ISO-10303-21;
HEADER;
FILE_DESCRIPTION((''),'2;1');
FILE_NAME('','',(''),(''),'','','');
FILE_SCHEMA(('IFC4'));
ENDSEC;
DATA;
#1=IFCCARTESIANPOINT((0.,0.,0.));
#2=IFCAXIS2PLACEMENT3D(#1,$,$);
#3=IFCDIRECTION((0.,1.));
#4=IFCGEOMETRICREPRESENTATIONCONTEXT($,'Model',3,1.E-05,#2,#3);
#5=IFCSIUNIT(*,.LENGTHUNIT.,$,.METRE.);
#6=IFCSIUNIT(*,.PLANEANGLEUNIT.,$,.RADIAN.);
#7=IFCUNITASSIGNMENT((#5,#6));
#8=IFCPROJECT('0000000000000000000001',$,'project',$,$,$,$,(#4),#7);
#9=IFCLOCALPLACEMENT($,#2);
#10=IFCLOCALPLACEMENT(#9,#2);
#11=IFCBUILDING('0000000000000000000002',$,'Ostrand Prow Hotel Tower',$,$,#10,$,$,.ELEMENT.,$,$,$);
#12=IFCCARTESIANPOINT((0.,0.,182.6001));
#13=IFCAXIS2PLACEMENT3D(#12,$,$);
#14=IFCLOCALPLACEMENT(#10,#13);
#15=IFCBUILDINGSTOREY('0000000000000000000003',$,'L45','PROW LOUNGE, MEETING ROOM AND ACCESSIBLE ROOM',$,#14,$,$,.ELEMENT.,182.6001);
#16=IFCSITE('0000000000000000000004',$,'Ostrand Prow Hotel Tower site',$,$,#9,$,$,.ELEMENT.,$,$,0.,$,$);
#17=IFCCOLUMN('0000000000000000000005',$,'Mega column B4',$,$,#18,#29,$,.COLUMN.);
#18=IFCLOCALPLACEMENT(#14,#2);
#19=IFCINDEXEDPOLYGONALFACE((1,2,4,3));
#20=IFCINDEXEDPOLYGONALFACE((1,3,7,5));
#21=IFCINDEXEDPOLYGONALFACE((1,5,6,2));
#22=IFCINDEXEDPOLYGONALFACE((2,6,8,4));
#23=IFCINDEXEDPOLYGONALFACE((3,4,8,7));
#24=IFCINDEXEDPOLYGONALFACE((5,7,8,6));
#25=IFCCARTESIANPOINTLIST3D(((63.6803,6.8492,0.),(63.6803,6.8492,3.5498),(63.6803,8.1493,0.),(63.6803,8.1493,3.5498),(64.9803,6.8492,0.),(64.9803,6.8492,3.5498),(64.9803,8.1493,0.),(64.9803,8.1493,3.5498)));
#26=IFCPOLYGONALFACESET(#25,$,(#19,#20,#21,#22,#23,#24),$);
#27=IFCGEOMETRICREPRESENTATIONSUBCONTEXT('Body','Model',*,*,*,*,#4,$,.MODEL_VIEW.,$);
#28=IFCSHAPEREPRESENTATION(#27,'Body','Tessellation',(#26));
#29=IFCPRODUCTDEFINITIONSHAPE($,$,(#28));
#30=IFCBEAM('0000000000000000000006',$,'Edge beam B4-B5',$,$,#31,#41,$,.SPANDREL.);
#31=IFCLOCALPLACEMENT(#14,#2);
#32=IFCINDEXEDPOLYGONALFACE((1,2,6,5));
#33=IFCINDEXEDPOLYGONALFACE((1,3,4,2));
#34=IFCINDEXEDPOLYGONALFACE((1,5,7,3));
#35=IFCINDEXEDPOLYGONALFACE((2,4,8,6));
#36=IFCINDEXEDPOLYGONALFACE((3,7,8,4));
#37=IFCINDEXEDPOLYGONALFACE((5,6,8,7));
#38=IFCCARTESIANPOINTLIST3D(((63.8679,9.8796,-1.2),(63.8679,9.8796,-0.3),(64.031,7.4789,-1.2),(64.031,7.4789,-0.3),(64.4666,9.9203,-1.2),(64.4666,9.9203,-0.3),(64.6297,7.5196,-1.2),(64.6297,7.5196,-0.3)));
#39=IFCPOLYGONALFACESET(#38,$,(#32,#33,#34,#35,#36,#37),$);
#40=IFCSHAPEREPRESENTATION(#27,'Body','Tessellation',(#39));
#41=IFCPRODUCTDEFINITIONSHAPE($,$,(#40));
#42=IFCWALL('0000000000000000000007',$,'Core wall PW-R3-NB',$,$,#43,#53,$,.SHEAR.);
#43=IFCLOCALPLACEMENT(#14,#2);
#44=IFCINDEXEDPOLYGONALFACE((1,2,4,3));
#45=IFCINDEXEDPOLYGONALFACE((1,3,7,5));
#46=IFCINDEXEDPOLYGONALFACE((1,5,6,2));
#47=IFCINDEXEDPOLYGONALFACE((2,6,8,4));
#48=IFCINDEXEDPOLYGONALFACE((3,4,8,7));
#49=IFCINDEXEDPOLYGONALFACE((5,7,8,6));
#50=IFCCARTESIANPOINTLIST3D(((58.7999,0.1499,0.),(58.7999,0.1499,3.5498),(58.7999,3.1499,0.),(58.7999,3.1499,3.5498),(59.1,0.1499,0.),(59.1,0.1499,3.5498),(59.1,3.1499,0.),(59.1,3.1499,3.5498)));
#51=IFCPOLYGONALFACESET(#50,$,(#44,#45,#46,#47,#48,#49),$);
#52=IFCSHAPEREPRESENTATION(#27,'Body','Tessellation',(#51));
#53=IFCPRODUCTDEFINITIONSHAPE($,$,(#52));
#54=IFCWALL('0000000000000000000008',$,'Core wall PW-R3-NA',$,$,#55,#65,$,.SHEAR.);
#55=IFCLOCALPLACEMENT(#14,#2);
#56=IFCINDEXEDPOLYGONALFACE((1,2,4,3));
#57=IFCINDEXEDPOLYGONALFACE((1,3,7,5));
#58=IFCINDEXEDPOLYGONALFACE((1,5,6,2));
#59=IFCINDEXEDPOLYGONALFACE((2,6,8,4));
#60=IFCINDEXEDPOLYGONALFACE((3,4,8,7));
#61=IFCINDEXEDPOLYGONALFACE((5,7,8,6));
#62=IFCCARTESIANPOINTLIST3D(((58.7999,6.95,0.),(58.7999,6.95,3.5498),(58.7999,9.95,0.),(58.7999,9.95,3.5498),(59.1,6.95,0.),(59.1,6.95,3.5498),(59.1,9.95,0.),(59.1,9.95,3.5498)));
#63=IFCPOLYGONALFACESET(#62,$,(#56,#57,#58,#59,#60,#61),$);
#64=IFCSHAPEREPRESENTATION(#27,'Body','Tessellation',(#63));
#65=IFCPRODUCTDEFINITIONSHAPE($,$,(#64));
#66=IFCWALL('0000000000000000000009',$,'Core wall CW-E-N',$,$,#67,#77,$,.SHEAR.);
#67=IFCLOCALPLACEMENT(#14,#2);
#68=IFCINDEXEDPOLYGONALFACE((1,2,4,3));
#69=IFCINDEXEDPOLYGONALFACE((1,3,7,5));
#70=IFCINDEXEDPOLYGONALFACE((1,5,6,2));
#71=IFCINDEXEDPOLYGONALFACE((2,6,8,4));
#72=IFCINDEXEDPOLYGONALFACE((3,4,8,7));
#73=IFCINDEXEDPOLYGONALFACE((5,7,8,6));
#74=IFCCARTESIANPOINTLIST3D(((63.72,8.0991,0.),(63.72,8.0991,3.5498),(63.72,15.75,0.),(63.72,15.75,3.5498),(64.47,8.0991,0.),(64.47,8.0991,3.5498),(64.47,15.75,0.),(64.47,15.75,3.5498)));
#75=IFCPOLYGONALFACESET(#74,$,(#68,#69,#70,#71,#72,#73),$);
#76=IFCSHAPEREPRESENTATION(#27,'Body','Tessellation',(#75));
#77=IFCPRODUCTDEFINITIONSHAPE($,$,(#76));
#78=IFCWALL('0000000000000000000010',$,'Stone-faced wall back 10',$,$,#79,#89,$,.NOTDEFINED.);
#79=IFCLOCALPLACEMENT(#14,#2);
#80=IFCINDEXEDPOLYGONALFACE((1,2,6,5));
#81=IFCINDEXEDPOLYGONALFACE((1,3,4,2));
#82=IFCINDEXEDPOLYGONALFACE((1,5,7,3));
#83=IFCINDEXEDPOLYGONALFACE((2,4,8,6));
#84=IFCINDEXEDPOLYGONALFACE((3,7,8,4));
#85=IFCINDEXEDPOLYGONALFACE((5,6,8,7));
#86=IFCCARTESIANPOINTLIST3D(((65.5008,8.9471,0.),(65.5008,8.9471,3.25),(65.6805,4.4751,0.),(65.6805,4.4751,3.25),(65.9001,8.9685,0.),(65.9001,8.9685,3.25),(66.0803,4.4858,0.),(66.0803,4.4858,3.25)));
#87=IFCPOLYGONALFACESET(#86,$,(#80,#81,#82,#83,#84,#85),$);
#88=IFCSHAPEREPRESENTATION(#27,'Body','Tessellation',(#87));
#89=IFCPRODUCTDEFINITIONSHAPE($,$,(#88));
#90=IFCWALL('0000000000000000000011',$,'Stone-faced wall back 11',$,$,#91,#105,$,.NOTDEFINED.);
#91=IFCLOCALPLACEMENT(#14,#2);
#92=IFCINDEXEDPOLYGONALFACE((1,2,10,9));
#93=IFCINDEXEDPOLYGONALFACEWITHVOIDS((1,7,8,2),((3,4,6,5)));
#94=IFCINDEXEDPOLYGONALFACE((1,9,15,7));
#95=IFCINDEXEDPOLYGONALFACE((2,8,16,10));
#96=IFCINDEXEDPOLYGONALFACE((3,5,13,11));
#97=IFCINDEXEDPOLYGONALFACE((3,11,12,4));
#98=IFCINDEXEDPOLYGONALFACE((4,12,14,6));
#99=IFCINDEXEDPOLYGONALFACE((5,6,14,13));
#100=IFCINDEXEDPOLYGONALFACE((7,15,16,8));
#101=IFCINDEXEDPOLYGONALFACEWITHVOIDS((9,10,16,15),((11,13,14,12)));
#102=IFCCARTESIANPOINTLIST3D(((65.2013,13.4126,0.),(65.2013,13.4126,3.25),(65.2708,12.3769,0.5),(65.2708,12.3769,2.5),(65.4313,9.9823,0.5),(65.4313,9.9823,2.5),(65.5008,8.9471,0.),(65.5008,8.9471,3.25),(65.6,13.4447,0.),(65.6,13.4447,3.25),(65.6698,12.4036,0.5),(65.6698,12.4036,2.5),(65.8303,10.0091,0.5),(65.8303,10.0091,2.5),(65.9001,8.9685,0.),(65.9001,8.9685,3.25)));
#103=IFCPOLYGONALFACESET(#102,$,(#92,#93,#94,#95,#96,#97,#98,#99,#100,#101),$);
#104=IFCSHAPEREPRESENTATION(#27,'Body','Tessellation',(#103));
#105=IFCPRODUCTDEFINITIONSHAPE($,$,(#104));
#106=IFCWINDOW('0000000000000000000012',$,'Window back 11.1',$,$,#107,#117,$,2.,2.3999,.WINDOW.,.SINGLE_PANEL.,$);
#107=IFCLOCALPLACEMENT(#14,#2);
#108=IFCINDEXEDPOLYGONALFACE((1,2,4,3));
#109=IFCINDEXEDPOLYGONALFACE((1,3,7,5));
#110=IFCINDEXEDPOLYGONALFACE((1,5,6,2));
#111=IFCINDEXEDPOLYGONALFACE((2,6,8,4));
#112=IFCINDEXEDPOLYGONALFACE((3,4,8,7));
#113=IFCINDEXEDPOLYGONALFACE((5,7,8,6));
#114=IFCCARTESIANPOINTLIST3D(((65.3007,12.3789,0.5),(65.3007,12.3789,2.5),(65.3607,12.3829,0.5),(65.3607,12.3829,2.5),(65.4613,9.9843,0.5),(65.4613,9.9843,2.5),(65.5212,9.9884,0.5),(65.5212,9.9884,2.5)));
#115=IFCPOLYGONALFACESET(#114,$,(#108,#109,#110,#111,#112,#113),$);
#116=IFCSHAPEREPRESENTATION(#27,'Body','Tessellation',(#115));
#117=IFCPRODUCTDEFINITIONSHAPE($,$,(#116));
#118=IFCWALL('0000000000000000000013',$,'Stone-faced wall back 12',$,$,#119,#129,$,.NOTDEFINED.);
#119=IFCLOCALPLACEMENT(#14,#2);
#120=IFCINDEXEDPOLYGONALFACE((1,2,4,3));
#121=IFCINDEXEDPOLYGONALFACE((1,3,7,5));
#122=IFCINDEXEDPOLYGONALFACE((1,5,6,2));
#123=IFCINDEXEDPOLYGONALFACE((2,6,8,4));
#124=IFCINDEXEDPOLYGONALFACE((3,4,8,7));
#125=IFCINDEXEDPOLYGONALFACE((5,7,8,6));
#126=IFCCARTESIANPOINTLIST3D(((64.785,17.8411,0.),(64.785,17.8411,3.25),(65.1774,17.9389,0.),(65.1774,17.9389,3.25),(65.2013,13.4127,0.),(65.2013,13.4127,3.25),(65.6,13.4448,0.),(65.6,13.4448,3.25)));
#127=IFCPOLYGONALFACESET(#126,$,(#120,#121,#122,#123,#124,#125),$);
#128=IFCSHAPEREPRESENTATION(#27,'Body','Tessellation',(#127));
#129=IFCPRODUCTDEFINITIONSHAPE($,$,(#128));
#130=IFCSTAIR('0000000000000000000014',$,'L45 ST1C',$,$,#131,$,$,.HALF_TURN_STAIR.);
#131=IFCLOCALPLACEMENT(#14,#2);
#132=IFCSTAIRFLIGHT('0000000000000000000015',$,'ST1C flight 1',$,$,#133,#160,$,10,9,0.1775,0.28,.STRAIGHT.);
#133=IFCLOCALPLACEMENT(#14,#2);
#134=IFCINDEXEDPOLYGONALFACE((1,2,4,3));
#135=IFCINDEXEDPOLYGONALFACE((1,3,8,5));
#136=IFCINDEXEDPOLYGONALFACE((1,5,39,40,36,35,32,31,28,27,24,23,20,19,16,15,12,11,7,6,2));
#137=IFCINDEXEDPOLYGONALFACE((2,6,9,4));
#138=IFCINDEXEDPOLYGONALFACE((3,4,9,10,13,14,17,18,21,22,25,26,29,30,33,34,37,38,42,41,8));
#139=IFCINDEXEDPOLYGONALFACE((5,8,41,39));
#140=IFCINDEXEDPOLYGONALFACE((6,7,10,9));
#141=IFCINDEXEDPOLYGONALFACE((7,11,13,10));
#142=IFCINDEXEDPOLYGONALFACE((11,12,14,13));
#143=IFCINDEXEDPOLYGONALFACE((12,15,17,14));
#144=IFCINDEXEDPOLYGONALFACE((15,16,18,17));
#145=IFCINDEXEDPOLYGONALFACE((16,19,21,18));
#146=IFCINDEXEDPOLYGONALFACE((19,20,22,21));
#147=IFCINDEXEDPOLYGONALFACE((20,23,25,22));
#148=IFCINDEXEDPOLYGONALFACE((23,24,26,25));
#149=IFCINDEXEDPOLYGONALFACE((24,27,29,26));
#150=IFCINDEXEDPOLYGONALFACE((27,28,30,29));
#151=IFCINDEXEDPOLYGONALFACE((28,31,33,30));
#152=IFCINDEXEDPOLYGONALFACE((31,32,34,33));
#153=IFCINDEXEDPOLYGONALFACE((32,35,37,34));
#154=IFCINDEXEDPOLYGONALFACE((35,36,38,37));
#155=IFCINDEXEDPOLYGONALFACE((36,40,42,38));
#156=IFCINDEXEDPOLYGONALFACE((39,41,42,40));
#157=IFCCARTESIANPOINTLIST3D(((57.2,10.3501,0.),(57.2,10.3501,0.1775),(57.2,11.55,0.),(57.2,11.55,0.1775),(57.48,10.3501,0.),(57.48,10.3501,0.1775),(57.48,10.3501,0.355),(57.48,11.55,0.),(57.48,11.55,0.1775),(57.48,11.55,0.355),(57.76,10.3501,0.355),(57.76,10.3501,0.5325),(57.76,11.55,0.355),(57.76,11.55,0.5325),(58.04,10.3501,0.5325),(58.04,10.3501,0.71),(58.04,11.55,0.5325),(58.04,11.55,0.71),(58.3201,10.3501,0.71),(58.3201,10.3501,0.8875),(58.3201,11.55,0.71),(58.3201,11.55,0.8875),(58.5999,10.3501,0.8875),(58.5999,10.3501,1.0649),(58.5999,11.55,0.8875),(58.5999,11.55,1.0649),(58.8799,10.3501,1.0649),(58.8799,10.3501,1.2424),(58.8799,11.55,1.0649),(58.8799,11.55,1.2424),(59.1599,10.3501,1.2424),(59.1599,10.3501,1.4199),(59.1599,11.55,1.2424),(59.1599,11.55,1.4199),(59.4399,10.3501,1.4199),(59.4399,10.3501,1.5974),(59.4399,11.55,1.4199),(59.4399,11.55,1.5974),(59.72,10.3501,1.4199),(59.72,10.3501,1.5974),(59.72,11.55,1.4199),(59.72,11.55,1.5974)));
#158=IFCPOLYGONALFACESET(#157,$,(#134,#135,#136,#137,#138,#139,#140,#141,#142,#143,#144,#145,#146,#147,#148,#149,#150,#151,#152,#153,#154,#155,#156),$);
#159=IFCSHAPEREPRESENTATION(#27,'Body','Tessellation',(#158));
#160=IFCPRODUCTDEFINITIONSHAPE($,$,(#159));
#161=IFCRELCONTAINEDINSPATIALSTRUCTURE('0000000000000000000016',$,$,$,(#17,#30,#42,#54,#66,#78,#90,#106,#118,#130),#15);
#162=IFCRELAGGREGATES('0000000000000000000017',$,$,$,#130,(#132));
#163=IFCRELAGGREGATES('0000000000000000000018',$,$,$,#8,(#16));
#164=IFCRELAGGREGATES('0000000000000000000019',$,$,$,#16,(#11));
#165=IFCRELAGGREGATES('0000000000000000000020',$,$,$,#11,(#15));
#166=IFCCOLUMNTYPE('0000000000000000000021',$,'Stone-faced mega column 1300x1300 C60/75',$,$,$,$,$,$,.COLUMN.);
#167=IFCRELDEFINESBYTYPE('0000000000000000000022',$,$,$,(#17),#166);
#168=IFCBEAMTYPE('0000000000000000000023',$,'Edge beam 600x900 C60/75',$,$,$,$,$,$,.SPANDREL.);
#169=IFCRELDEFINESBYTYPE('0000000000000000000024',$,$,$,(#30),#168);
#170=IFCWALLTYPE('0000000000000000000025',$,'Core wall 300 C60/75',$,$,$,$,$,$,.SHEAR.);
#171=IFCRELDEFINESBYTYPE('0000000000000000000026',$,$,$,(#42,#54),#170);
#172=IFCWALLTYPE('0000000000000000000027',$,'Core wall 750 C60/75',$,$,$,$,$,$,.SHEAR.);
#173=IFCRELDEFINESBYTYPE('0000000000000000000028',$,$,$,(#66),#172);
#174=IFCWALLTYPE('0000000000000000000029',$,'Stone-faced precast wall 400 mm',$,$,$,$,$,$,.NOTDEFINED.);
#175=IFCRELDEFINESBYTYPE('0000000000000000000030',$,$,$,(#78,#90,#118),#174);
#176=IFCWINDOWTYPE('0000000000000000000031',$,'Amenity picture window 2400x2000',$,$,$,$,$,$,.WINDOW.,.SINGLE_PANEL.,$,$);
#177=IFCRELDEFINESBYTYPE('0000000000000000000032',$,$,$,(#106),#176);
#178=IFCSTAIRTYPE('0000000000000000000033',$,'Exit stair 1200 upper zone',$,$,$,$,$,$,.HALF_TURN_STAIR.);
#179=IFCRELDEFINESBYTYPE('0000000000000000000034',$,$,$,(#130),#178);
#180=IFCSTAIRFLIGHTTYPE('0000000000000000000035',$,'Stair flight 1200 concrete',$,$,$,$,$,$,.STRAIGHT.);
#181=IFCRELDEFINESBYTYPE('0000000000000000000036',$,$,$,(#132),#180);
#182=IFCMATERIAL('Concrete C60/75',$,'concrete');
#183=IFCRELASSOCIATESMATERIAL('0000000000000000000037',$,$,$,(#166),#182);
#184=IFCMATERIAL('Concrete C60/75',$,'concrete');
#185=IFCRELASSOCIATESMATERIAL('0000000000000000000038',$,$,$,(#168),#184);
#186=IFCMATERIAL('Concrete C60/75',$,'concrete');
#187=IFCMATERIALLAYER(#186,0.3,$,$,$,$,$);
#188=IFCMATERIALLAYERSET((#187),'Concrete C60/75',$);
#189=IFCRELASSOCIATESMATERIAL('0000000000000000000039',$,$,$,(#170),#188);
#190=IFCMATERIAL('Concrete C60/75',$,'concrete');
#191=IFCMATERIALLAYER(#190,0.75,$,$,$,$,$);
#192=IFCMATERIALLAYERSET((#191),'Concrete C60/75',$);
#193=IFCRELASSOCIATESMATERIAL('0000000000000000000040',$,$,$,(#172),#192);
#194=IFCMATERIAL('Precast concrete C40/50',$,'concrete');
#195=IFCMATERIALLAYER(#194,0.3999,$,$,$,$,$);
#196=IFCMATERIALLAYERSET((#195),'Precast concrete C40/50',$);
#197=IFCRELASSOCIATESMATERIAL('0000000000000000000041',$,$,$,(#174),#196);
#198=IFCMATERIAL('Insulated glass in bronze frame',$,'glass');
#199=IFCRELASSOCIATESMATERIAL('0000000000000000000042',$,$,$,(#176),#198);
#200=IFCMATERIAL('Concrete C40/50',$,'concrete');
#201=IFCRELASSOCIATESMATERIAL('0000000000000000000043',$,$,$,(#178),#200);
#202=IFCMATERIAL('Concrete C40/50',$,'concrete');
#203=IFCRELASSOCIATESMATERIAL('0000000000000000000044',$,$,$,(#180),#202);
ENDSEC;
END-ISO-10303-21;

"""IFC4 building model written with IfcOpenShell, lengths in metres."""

from ifc_helpers import new_model, si_unit, direction, frame, frame_2d, origin, origin_2d, place, context, subcontext, project, spatial, polyline, rectangle, outline, extrude, material, layer, layer_set, material_profile, profile_set, type_object, element, fill, aggregate, save


model = new_model("IFC4")

# Units and contexts
model_context = context("Model", 3, precision=1e-05, world=origin(), true_north=direction((0.0, 1.0)))
body_context = subcontext(model_context, "Body", "Model", "MODEL_VIEW")
ifc_project = project(units=[si_unit("LENGTHUNIT", "METRE"), si_unit("PLANEANGLEUNIT", "RADIAN")], contexts=[model_context])

# Site, building, storey
site_placement = place(None, origin())
site = spatial("IfcSite", under=ifc_project, at=site_placement, Name="Ostrand Prow Hotel Tower site", CompositionType="ELEMENT", RefElevation=0.0)
building_placement = place(site_placement, origin())
building = spatial("IfcBuilding", under=site, at=building_placement, Name="Ostrand Prow Hotel Tower", CompositionType="ELEMENT")
storey_placement = place(building_placement, frame((0.0, 0.0, 182.6001)))
storey = spatial("IfcBuildingStorey", under=building, at=storey_placement, Name="L45", Description="PROW LOUNGE, MEETING ROOM AND ACCESSIBLE ROOM", CompositionType="ELEMENT", Elevation=182.6001)

# Column
ifc_material_1 = material(Name="Concrete C60/75", Category="concrete")
ifc_material_profile_1 = material_profile(ifc_material_1, rectangle(XDim=1.3, YDim=1.3, at=origin_2d()), Name="RC 1300x1300")
ifc_profile_set_1 = profile_set([ifc_material_profile_1], Name="Concrete C60/75")
column_type = type_object("IfcColumnType", Name="Stone-faced mega column 1300x1300 C60/75", PredefinedType="COLUMN", material=ifc_profile_set_1)
column_placement = place(storey_placement, frame((64.3303, 7.4993, 0.0), z_axis=(0.0, 0.0, 1.0), x_axis=(1.0, 0.0, 0.0)))
element("IfcColumn", 1, at=column_placement, inside=storey, type_object=column_type, Name="Mega column B4", PredefinedType="COLUMN", context=body_context, shape_type="SweptSolid", body=[
    extrude(rectangle(XDim=1.3, YDim=1.3, at=origin_2d()), origin(), (0.0, 0.0, 1.0), 3.5498),
])

# Beam
ifc_material_2 = material(Name="Concrete C60/75", Category="concrete")
ifc_material_profile_2 = material_profile(ifc_material_2, rectangle(XDim=0.6001, YDim=0.8999, at=origin_2d()), Name="RC 600x900")
ifc_profile_set_2 = profile_set([ifc_material_profile_2], Name="Concrete C60/75")
beam_type = type_object("IfcBeamType", Name="Edge beam 600x900 C60/75", PredefinedType="SPANDREL", material=ifc_profile_set_2)
beam_placement = place(storey_placement, frame((64.3303, 7.4993, -0.75), z_axis=(-0.067778, 0.9977, 0.0), x_axis=(-0.9977, -0.067778, 0.0)))
element("IfcBeam", 2, at=beam_placement, inside=storey, type_object=beam_type, Name="Edge beam B4-B5", PredefinedType="SPANDREL", context=body_context, shape_type="SweptSolid", body=[
    extrude(rectangle(XDim=0.6001, YDim=0.8999, at=origin_2d()), origin(), (0.0, 0.0, 1.0), 2.4062),
])

# Walls
ifc_material_3 = material(Name="Concrete C60/75", Category="concrete")
ifc_layer_1 = layer(ifc_material_3, 0.3)
ifc_layer_set_1 = layer_set([ifc_layer_1], Name="Concrete C60/75")
wall_type_1 = type_object("IfcWallType", Name="Core wall 300 C60/75", PredefinedType="SHEAR", material=ifc_layer_set_1)
for number, where, z_axis, x_axis, name in (
    (3, (58.95, 0.1499, 0.0), (0.0, 0.0, 1.0), (0.0, 1.0, 0.0), "Core wall PW-R3-NB"),
    (4, (58.95, 6.95, 0.0), (0.0, 0.0, 1.0), (0.0, 1.0, 0.0), "Core wall PW-R3-NA"),
):
    element("IfcWall", number, at=place(storey_placement, frame(where, z_axis=z_axis, x_axis=x_axis)), inside=storey, type_object=wall_type_1, Name=name, PredefinedType="SHEAR", context=body_context, shape_type="SweptSolid", body=[
        extrude(rectangle(XDim=3.0, YDim=0.3, at=frame_2d((1.5, 0.0))), origin(), (0.0, 0.0, 1.0), 3.5498),
    ])
ifc_material_4 = material(Name="Concrete C60/75", Category="concrete")
ifc_layer_2 = layer(ifc_material_4, 0.75)
ifc_layer_set_2 = layer_set([ifc_layer_2], Name="Concrete C60/75")
wall_type_2 = type_object("IfcWallType", Name="Core wall 750 C60/75", PredefinedType="SHEAR", material=ifc_layer_set_2)
wall_1_placement = place(storey_placement, frame((64.095, 8.0991, 0.0), z_axis=(0.0, 0.0, 1.0), x_axis=(0.0, 1.0, 0.0)))
element("IfcWall", 5, at=wall_1_placement, inside=storey, type_object=wall_type_2, Name="Core wall CW-E-N", PredefinedType="SHEAR", context=body_context, shape_type="SweptSolid", body=[
    extrude(rectangle(XDim=7.6509, YDim=0.75, at=frame_2d((3.8254, 0.0))), origin(), (0.0, 0.0, 1.0), 3.5498),
])
ifc_material_5 = material(Name="Precast concrete C40/50", Category="concrete")
ifc_layer_3 = layer(ifc_material_5, 0.3999)
ifc_layer_set_3 = layer_set([ifc_layer_3], Name="Precast concrete C40/50")
wall_type_3 = type_object("IfcWallType", Name="Stone-faced precast wall 400 mm", PredefinedType="NOTDEFINED", material=ifc_layer_set_3)
wall_2_placement = place(storey_placement, frame((65.8804, 4.4805, 0.0), z_axis=(0.0, 0.0, 1.0), x_axis=(-0.040155, 0.999193, 0.0)))
element("IfcWall", 6, at=wall_2_placement, inside=storey, type_object=wall_type_3, Name="Stone-faced wall back 10", PredefinedType="NOTDEFINED", context=body_context, shape_type="SweptSolid", body=[
    extrude(outline(polyline([(-0.0027, -0.2), (4.4836, -0.2), (4.4783, 0.2), (0.0027, 0.2), (-0.0027, -0.2)])), origin(), (0.0, 0.0, 1.0), 3.25),
])

# Wall, opening, window
wall_3_placement = place(storey_placement, frame((65.7004, 8.9578, 0.0), z_axis=(0.0, 0.0, 1.0), x_axis=(-0.066906, 0.997759, 0.0)))
wall_3 = element("IfcWall", 7, at=wall_3_placement, inside=storey, type_object=wall_type_3, Name="Stone-faced wall back 11", PredefinedType="NOTDEFINED", context=body_context, shape_type="SweptSolid", body=[
    extrude(outline(polyline([(-0.0027, -0.2), (4.4836, -0.2), (4.4783, 0.2), (0.0027, 0.2), (-0.0027, -0.2)])), origin(), (0.0, 0.0, 1.0), 3.25),
])
opening_placement = place(wall_3_placement, frame((1.0403, 0.0, 0.5)))
opening = element("IfcOpeningElement", 8, at=opening_placement, cuts=wall_3, PredefinedType="OPENING", context=body_context, shape_type="SweptSolid", body=[
    extrude(rectangle(XDim=2.3999, YDim=2.0, at=frame_2d((1.2, 1.0))), frame((0.0, 0.21, 0.0), z_axis=(0.0, -1.0, 0.0), x_axis=(1.0, 0.0, 0.0)), (0.0, 0.0, 1.0), 0.4199),
])
ifc_material_6 = material(Name="Insulated glass in bronze frame", Category="glass")
window_type = type_object("IfcWindowType", Name="Amenity picture window 2400x2000", PartitioningType="SINGLE_PANEL", PredefinedType="WINDOW", material=ifc_material_6)
window_placement = place(opening_placement, origin())
window = element("IfcWindow", 9, at=window_placement, inside=storey, type_object=window_type, Name="Window back 11.1", OverallHeight=2.0, OverallWidth=2.3999, PartitioningType="SINGLE_PANEL", PredefinedType="WINDOW", context=body_context, shape_type="SweptSolid", body=[
    extrude(rectangle(XDim=2.3999, YDim=2.0, at=frame_2d((1.2, 1.0))), frame((0.0, 0.1699, 0.0), z_axis=(0.0, -1.0, 0.0), x_axis=(1.0, 0.0, 0.0)), (0.0, 0.0, 1.0), 0.0601),
])
fill(opening, window)

# Wall
wall_4_placement = place(storey_placement, frame((65.4006, 13.4287, 0.0), z_axis=(0.0, 0.0, 1.0), x_axis=(-0.093606, 0.995609, 0.0)))
element("IfcWall", 10, at=wall_4_placement, inside=storey, type_object=wall_type_3, Name="Stone-faced wall back 12", PredefinedType="NOTDEFINED", context=body_context, shape_type="SweptSolid", body=[
    extrude(outline(polyline([(-0.0027, -0.2), (4.5112, -0.2), (4.4507, 0.2), (0.0027, 0.2), (-0.0027, -0.2)])), origin(), (0.0, 0.0, 1.0), 3.25),
])

# Stair, stair flight
ifc_material_7 = material(Name="Concrete C40/50", Category="concrete")
stair_type = type_object("IfcStairType", Name="Exit stair 1200 upper zone", PredefinedType="HALF_TURN_STAIR", material=ifc_material_7)
stair_1_placement = place(storey_placement, origin())
stair_1 = element("IfcStair", 11, at=stair_1_placement, inside=storey, type_object=stair_type, Name="L45 ST1C", PredefinedType="HALF_TURN_STAIR")
ifc_material_8 = material(Name="Concrete C40/50", Category="concrete")
stair_flight_type = type_object("IfcStairFlightType", Name="Stair flight 1200 concrete", PredefinedType="STRAIGHT", material=ifc_material_8)
stair_flight_1_placement = place(storey_placement, frame((57.2, 10.95, 0.0), z_axis=(0.0, 0.0, 1.0), x_axis=(1.0, 0.0, 0.0)))
stair_flight_1 = element("IfcStairFlight", 12, at=stair_flight_1_placement, type_object=stair_flight_type, Name="ST1C flight 1", NumberOfRisers=10, NumberOfTreads=9, PredefinedType="STRAIGHT", RiserHeight=0.1775, TreadLength=0.28, context=body_context, shape_type="SweptSolid", body=[
    extrude(outline(polyline([(0.0, 0.0), (0.0, 0.1775), (0.28, 0.1775), (0.28, 0.355), (0.5601, 0.355), (0.5601, 0.5325), (0.8401, 0.5325), (0.8401, 0.71), (1.1201, 0.71), (1.1201, 0.8875), (1.3999, 0.8875), (1.3999, 1.0649), (1.6799, 1.0649), (1.6799, 1.2424), (1.96, 1.2424), (1.96, 1.4199), (2.24, 1.4199), (2.24, 1.5974), (2.52, 1.5974), (2.52, 1.7749), (2.52, 1.4199), (0.28, 0.0), (0.0, 0.0)])), frame((0.0, 0.6001, 0.0), z_axis=(0.0, -1.0, 0.0), x_axis=(1.0, 0.0, 0.0)), (0.0, 0.0, 1.0), 1.2),
])
aggregate(stair_1, [stair_flight_1])

save(model, "model.ifc")
